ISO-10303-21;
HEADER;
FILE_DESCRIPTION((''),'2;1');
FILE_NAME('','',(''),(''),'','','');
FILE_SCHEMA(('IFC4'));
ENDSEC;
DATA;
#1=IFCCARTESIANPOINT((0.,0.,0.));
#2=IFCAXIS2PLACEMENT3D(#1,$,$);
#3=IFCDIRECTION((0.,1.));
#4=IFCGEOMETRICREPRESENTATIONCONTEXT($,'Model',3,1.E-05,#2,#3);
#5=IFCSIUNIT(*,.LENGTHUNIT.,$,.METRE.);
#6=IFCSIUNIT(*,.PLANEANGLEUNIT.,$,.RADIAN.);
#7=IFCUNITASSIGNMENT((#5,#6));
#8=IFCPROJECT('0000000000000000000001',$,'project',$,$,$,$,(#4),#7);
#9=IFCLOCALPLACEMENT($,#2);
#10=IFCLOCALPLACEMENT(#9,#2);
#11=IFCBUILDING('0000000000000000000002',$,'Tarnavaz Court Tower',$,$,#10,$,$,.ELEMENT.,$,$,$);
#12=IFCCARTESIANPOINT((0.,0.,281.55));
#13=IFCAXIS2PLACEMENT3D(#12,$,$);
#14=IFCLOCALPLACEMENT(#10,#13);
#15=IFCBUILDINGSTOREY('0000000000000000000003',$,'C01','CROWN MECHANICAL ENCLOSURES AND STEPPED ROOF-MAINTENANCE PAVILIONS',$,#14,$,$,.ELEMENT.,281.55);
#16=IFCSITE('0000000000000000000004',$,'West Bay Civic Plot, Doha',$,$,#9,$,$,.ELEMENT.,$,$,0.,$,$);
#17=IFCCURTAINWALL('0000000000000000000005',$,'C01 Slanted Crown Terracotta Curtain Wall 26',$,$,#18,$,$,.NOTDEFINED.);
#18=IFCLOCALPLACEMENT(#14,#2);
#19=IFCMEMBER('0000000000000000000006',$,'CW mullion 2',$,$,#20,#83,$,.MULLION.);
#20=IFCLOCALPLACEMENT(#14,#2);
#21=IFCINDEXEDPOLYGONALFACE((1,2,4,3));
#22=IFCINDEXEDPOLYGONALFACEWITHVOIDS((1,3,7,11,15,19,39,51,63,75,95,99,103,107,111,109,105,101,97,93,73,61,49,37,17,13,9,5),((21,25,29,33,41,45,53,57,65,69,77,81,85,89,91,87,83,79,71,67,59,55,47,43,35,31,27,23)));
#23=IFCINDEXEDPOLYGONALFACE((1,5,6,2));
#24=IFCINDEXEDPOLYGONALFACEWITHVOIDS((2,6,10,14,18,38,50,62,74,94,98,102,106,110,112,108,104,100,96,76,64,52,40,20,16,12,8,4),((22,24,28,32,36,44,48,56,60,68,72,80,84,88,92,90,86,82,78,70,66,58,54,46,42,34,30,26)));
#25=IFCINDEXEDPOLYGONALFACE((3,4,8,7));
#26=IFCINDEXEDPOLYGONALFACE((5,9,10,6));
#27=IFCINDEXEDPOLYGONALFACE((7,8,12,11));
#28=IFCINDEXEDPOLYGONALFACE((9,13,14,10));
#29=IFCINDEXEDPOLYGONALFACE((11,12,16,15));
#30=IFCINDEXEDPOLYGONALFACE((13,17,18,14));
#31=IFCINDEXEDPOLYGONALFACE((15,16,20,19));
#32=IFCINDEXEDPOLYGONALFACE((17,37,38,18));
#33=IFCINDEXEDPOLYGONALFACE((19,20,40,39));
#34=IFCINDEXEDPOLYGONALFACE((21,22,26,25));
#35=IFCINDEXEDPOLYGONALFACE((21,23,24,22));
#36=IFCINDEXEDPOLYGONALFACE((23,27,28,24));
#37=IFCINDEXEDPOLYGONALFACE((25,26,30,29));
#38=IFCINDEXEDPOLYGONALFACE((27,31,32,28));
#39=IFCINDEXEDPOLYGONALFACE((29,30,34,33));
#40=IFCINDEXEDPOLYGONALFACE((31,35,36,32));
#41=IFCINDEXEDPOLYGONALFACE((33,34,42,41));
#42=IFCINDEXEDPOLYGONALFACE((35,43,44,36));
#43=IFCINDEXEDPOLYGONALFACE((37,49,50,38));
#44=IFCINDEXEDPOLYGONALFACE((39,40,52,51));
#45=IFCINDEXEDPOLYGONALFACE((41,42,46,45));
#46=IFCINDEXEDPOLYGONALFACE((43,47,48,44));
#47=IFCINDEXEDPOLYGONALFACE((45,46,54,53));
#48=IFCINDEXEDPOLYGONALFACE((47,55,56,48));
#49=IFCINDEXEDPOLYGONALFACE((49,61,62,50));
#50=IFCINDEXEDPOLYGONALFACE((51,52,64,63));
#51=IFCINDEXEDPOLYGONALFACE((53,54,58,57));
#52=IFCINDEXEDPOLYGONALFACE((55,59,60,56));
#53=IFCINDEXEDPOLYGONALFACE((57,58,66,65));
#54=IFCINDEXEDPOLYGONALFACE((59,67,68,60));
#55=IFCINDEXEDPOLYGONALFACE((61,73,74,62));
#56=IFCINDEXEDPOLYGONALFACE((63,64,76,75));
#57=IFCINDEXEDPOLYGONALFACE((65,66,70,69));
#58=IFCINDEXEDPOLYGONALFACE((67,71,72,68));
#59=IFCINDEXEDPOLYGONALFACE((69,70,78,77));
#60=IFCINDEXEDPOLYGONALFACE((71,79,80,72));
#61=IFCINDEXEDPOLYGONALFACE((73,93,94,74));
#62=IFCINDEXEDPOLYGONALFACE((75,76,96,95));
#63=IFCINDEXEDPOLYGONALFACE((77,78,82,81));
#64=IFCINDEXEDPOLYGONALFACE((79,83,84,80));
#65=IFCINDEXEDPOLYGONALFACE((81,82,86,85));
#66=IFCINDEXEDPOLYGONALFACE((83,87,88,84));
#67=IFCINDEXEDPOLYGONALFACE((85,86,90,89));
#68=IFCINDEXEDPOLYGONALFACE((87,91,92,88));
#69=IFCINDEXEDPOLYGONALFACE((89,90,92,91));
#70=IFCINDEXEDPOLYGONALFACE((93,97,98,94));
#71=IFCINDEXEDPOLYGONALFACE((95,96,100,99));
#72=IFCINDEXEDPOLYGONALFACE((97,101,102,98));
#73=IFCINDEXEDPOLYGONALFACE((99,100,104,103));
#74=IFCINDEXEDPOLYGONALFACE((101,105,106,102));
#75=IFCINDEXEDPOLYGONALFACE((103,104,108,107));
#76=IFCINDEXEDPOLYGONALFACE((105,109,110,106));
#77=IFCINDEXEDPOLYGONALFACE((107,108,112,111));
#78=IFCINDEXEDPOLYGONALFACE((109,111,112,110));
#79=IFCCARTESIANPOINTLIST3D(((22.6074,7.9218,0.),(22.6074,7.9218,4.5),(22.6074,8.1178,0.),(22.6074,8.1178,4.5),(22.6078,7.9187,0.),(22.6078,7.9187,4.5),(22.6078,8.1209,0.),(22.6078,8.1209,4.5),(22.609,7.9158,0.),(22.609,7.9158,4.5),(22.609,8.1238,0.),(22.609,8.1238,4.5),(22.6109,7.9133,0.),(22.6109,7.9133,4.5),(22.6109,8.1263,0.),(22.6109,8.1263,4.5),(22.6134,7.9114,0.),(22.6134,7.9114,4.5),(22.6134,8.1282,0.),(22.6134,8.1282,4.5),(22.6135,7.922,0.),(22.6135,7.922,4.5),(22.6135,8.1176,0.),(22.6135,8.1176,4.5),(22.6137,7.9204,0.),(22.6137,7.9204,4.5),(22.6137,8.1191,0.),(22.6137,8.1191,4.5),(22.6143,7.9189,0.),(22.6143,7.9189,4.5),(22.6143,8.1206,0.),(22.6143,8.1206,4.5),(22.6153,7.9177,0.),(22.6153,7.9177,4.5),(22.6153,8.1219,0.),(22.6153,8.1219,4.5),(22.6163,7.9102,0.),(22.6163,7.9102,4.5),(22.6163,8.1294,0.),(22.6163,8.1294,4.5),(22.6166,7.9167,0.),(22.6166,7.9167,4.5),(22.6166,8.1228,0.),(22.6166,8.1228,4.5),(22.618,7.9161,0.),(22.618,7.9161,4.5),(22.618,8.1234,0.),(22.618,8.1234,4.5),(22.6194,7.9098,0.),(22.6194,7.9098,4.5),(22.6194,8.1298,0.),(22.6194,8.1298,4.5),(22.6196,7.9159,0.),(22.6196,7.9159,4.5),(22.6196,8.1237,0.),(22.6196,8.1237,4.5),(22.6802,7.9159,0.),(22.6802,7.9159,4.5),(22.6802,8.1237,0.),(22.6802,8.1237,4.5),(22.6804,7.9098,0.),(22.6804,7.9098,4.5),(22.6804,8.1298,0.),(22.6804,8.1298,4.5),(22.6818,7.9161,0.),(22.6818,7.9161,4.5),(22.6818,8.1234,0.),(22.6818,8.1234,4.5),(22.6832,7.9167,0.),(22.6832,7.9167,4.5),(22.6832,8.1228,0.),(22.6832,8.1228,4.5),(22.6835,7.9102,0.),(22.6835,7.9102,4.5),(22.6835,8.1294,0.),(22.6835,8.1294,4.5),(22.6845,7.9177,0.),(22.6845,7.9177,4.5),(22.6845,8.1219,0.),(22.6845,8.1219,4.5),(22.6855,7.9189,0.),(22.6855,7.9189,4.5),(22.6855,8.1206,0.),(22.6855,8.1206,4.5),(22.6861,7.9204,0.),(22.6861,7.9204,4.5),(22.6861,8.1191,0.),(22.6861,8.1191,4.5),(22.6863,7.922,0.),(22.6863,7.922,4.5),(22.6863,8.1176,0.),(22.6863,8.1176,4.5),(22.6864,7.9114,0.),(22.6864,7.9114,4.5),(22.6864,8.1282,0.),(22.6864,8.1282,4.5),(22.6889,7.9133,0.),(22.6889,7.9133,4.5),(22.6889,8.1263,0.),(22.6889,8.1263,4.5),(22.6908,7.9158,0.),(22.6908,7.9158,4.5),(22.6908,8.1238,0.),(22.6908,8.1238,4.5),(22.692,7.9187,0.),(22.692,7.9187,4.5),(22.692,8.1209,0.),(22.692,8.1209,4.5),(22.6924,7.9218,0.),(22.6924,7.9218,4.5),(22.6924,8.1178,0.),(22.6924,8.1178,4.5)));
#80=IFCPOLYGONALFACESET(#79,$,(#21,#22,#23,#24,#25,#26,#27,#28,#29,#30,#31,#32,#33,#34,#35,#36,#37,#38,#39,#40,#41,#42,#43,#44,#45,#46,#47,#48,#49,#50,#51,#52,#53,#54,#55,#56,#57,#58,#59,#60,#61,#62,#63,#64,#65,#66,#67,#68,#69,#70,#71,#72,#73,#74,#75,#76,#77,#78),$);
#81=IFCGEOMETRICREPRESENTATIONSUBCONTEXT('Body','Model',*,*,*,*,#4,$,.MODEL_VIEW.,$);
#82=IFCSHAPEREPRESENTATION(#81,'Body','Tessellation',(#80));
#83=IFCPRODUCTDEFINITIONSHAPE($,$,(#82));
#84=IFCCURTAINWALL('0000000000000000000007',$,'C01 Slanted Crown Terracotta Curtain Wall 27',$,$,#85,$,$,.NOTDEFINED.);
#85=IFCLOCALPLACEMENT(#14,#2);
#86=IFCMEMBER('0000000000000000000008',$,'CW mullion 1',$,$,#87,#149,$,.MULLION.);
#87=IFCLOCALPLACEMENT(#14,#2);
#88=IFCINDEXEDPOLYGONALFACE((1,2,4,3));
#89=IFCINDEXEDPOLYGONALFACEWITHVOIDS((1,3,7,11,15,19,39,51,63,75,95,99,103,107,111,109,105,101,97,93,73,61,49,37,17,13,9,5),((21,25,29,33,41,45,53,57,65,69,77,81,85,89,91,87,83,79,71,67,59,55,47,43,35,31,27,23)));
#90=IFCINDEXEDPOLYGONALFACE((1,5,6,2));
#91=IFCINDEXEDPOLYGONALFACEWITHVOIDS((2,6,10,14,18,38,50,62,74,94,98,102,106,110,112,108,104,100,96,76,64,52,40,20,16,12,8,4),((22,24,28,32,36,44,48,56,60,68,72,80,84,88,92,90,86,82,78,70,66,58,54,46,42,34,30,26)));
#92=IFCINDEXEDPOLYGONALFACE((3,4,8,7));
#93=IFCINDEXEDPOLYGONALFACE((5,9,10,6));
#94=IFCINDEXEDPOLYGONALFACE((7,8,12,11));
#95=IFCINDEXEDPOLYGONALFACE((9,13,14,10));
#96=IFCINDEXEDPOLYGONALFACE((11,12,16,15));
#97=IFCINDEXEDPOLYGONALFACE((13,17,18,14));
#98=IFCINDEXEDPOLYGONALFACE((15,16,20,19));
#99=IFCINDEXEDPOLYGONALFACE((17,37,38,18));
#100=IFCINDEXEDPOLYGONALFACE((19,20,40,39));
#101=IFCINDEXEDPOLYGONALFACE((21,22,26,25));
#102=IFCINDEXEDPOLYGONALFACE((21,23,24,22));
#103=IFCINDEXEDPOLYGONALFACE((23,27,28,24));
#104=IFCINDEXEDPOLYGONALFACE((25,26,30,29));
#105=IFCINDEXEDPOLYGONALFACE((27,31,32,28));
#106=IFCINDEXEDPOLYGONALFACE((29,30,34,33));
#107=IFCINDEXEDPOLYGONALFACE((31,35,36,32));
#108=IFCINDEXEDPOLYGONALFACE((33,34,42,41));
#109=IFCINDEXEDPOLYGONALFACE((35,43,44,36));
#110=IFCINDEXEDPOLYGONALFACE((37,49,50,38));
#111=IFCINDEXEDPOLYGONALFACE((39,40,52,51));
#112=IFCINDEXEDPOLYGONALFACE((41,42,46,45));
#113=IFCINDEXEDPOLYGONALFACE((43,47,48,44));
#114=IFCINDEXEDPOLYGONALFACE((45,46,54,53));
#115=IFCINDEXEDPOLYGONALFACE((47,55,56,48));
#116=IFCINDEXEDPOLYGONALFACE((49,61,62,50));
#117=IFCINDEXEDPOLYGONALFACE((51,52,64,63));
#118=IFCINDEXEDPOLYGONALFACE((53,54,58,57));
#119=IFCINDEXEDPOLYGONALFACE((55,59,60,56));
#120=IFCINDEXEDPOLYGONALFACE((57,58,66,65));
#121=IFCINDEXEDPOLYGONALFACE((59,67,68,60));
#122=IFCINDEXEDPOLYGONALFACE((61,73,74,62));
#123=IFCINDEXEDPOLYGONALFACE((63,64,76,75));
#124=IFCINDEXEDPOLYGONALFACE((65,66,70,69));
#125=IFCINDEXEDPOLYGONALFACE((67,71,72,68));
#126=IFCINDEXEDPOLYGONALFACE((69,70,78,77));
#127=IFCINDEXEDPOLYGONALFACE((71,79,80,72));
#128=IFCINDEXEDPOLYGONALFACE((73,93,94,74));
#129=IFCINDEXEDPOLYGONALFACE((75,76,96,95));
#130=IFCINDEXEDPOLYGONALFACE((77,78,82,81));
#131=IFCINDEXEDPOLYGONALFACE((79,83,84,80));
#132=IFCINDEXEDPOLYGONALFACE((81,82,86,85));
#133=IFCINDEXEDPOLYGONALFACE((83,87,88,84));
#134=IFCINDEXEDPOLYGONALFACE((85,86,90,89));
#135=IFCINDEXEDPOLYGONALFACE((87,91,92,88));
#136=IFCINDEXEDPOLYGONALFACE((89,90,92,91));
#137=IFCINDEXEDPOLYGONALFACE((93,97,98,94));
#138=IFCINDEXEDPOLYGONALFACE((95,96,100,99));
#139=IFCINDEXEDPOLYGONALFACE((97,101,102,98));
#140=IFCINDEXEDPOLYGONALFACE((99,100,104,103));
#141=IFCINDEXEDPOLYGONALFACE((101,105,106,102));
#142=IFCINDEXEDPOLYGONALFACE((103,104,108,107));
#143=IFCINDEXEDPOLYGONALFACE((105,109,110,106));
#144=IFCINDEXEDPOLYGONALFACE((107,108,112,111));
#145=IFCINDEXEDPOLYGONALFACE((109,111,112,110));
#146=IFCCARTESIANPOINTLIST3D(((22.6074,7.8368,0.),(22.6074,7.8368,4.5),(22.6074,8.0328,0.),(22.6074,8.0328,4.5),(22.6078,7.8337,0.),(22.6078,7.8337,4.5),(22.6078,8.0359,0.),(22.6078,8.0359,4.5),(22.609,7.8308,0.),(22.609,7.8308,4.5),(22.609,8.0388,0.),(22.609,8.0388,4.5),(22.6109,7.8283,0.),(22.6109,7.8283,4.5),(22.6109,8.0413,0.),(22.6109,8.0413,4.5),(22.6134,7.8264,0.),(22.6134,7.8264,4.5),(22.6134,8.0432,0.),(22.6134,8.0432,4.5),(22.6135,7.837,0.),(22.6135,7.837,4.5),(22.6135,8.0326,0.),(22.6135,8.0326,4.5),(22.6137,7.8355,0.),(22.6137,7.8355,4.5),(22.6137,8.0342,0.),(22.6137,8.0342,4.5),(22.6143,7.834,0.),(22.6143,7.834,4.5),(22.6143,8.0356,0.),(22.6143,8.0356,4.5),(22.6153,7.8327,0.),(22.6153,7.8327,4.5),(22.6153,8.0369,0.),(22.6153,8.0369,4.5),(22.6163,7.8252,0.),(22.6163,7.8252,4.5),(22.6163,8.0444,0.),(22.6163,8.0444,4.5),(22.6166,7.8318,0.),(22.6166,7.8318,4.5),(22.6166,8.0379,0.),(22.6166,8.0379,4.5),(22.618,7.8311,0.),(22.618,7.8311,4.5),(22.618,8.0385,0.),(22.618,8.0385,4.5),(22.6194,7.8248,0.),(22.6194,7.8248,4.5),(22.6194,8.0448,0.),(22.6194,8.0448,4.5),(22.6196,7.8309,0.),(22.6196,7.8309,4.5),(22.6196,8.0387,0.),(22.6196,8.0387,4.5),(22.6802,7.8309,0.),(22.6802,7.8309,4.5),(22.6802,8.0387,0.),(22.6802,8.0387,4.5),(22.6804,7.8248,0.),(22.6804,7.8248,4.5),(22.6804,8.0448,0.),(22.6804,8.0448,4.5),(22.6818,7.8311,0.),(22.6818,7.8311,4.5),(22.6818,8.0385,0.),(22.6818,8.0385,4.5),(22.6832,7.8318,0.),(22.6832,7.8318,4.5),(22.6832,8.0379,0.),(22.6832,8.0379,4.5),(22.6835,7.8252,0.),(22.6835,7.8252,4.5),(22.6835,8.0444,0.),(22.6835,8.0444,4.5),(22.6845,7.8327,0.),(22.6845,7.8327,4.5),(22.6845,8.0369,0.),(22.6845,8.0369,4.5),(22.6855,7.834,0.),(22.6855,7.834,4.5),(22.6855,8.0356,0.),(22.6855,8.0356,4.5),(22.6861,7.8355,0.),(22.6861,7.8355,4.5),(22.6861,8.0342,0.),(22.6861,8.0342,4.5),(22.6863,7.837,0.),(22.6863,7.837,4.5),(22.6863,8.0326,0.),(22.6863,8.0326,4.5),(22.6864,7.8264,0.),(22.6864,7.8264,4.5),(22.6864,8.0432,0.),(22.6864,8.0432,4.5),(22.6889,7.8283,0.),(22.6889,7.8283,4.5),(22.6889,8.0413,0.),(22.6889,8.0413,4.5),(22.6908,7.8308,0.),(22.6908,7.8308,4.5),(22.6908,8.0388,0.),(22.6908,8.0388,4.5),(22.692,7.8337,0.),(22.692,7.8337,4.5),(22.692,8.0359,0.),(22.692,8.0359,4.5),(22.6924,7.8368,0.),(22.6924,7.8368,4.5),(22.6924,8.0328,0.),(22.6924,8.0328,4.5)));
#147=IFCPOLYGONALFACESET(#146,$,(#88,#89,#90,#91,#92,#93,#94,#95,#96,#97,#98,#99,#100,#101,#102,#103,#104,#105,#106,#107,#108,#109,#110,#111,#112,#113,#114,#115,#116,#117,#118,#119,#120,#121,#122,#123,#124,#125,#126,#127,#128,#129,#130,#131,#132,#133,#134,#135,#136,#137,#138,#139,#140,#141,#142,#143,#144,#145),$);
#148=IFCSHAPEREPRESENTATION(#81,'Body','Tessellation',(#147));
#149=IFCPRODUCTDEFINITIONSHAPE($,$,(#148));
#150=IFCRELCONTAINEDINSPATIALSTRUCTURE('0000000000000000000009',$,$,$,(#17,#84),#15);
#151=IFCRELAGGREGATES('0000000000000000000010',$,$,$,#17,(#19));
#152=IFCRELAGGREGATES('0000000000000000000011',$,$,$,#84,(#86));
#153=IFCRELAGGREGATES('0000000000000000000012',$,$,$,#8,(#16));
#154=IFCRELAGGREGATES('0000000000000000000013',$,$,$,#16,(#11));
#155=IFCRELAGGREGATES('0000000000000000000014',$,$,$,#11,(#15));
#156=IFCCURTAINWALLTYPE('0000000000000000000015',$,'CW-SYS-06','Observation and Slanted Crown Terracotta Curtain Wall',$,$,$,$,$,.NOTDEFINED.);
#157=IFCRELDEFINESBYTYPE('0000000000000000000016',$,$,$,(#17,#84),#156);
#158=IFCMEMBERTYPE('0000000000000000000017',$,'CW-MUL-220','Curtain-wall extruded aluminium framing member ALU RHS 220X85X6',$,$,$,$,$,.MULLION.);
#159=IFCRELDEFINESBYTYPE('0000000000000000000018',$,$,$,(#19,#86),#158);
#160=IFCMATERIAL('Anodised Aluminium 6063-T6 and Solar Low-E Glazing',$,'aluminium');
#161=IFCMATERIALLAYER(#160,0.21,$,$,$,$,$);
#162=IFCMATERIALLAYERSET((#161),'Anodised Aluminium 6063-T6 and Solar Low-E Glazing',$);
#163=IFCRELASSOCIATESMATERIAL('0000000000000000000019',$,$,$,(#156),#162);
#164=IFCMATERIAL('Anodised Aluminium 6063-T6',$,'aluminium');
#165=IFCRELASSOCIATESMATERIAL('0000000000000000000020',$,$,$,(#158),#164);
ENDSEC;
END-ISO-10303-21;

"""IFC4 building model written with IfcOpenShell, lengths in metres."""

from ifc_helpers import new_model, si_unit, direction, frame, origin, origin_2d, place, context, subcontext, project, spatial, hollow_rectangle, extrude, material, layer, layer_set, material_profile, profile_set, type_object, element, aggregate, save


model = new_model("IFC4")

# Units and contexts
model_context = context("Model", 3, precision=1e-05, world=origin(), true_north=direction((0.0, 1.0)))
body_context = subcontext(model_context, "Body", "Model", "MODEL_VIEW")
ifc_project = project(units=[si_unit("LENGTHUNIT", "METRE"), si_unit("PLANEANGLEUNIT", "RADIAN")], contexts=[model_context])

# Site, building, storey
site_placement = place(None, origin())
site = spatial("IfcSite", under=ifc_project, at=site_placement, Name="West Bay Civic Plot, Doha", CompositionType="ELEMENT", RefElevation=0.0)
building_placement = place(site_placement, origin())
building = spatial("IfcBuilding", under=site, at=building_placement, Name="Tarnavaz Court Tower", CompositionType="ELEMENT")
storey_placement = place(building_placement, frame((0.0, 0.0, 281.55)))
storey = spatial("IfcBuildingStorey", under=building, at=storey_placement, Name="C01", Description="CROWN MECHANICAL ENCLOSURES AND STEPPED ROOF-MAINTENANCE PAVILIONS", CompositionType="ELEMENT", Elevation=281.55)

# Shared definitions
ifc_material_1 = material(Name="Anodised Aluminium 6063-T6 and Solar Low-E Glazing", Category="aluminium")
ifc_layer_1 = layer(ifc_material_1, 0.21)
ifc_layer_set_1 = layer_set([ifc_layer_1], Name="Anodised Aluminium 6063-T6 and Solar Low-E Glazing")
curtain_wall_type = type_object("IfcCurtainWallType", Name="CW-SYS-06", Description="Observation and Slanted Crown Terracotta Curtain Wall", PredefinedType="NOTDEFINED", material=ifc_layer_set_1)
ifc_material_2 = material(Name="Anodised Aluminium 6063-T6", Category="aluminium")
ifc_material_profile_1 = material_profile(ifc_material_2, hollow_rectangle(XDim=0.085, YDim=0.22, WallThickness=0.0061, InnerFilletRadius=0.0061, OuterFilletRadius=0.012, at=origin_2d()), Name="ALU RHS 220X85X6")
ifc_profile_set_1 = profile_set([ifc_material_profile_1], Name="Anodised Aluminium 6063-T6")
member_type_1 = type_object("IfcMemberType", Name="CW-MUL-220", Description="Curtain-wall extruded aluminium framing member ALU RHS 220X85X6", PredefinedType="MULLION", material=ifc_profile_set_1)

# Curtain walls, members
curtain_wall_1_placement = place(storey_placement, origin())
curtain_wall_1 = element("IfcCurtainWall", 1, at=curtain_wall_1_placement, inside=storey, type_object=curtain_wall_type, Name="C01 Slanted Crown Terracotta Curtain Wall 26", PredefinedType="NOTDEFINED")
member_1_placement = place(storey_placement, frame((22.6499, 8.0198, 0.0), z_axis=(0.0, 0.0, 1.0), x_axis=(1.0, 0.0, 0.0)))
member_1 = element("IfcMember", 2, at=member_1_placement, type_object=member_type_1, Name="CW mullion 2", PredefinedType="MULLION", context=body_context, shape_type="SweptSolid", body=[
    extrude(hollow_rectangle(XDim=0.085, YDim=0.22, WallThickness=0.0061, InnerFilletRadius=0.0061, OuterFilletRadius=0.012, at=origin_2d()), origin(), (0.0, 0.0, 1.0), 4.5),
])
curtain_wall_2_placement = place(storey_placement, origin())
curtain_wall_2 = element("IfcCurtainWall", 3, at=curtain_wall_2_placement, inside=storey, type_object=curtain_wall_type, Name="C01 Slanted Crown Terracotta Curtain Wall 27", PredefinedType="NOTDEFINED")
member_2_placement = place(storey_placement, frame((22.6499, 7.9348, 0.0), z_axis=(0.0, 0.0, 1.0), x_axis=(1.0, 0.0, 0.0)))
member_2 = element("IfcMember", 4, at=member_2_placement, type_object=member_type_1, Name="CW mullion 1", PredefinedType="MULLION", context=body_context, shape_type="SweptSolid", body=[
    extrude(hollow_rectangle(XDim=0.085, YDim=0.22, WallThickness=0.0061, InnerFilletRadius=0.0061, OuterFilletRadius=0.012, at=origin_2d()), origin(), (0.0, 0.0, 1.0), 4.5),
])

aggregate(curtain_wall_1, [member_1])
aggregate(curtain_wall_2, [member_2])

save(model, "model.ifc")
